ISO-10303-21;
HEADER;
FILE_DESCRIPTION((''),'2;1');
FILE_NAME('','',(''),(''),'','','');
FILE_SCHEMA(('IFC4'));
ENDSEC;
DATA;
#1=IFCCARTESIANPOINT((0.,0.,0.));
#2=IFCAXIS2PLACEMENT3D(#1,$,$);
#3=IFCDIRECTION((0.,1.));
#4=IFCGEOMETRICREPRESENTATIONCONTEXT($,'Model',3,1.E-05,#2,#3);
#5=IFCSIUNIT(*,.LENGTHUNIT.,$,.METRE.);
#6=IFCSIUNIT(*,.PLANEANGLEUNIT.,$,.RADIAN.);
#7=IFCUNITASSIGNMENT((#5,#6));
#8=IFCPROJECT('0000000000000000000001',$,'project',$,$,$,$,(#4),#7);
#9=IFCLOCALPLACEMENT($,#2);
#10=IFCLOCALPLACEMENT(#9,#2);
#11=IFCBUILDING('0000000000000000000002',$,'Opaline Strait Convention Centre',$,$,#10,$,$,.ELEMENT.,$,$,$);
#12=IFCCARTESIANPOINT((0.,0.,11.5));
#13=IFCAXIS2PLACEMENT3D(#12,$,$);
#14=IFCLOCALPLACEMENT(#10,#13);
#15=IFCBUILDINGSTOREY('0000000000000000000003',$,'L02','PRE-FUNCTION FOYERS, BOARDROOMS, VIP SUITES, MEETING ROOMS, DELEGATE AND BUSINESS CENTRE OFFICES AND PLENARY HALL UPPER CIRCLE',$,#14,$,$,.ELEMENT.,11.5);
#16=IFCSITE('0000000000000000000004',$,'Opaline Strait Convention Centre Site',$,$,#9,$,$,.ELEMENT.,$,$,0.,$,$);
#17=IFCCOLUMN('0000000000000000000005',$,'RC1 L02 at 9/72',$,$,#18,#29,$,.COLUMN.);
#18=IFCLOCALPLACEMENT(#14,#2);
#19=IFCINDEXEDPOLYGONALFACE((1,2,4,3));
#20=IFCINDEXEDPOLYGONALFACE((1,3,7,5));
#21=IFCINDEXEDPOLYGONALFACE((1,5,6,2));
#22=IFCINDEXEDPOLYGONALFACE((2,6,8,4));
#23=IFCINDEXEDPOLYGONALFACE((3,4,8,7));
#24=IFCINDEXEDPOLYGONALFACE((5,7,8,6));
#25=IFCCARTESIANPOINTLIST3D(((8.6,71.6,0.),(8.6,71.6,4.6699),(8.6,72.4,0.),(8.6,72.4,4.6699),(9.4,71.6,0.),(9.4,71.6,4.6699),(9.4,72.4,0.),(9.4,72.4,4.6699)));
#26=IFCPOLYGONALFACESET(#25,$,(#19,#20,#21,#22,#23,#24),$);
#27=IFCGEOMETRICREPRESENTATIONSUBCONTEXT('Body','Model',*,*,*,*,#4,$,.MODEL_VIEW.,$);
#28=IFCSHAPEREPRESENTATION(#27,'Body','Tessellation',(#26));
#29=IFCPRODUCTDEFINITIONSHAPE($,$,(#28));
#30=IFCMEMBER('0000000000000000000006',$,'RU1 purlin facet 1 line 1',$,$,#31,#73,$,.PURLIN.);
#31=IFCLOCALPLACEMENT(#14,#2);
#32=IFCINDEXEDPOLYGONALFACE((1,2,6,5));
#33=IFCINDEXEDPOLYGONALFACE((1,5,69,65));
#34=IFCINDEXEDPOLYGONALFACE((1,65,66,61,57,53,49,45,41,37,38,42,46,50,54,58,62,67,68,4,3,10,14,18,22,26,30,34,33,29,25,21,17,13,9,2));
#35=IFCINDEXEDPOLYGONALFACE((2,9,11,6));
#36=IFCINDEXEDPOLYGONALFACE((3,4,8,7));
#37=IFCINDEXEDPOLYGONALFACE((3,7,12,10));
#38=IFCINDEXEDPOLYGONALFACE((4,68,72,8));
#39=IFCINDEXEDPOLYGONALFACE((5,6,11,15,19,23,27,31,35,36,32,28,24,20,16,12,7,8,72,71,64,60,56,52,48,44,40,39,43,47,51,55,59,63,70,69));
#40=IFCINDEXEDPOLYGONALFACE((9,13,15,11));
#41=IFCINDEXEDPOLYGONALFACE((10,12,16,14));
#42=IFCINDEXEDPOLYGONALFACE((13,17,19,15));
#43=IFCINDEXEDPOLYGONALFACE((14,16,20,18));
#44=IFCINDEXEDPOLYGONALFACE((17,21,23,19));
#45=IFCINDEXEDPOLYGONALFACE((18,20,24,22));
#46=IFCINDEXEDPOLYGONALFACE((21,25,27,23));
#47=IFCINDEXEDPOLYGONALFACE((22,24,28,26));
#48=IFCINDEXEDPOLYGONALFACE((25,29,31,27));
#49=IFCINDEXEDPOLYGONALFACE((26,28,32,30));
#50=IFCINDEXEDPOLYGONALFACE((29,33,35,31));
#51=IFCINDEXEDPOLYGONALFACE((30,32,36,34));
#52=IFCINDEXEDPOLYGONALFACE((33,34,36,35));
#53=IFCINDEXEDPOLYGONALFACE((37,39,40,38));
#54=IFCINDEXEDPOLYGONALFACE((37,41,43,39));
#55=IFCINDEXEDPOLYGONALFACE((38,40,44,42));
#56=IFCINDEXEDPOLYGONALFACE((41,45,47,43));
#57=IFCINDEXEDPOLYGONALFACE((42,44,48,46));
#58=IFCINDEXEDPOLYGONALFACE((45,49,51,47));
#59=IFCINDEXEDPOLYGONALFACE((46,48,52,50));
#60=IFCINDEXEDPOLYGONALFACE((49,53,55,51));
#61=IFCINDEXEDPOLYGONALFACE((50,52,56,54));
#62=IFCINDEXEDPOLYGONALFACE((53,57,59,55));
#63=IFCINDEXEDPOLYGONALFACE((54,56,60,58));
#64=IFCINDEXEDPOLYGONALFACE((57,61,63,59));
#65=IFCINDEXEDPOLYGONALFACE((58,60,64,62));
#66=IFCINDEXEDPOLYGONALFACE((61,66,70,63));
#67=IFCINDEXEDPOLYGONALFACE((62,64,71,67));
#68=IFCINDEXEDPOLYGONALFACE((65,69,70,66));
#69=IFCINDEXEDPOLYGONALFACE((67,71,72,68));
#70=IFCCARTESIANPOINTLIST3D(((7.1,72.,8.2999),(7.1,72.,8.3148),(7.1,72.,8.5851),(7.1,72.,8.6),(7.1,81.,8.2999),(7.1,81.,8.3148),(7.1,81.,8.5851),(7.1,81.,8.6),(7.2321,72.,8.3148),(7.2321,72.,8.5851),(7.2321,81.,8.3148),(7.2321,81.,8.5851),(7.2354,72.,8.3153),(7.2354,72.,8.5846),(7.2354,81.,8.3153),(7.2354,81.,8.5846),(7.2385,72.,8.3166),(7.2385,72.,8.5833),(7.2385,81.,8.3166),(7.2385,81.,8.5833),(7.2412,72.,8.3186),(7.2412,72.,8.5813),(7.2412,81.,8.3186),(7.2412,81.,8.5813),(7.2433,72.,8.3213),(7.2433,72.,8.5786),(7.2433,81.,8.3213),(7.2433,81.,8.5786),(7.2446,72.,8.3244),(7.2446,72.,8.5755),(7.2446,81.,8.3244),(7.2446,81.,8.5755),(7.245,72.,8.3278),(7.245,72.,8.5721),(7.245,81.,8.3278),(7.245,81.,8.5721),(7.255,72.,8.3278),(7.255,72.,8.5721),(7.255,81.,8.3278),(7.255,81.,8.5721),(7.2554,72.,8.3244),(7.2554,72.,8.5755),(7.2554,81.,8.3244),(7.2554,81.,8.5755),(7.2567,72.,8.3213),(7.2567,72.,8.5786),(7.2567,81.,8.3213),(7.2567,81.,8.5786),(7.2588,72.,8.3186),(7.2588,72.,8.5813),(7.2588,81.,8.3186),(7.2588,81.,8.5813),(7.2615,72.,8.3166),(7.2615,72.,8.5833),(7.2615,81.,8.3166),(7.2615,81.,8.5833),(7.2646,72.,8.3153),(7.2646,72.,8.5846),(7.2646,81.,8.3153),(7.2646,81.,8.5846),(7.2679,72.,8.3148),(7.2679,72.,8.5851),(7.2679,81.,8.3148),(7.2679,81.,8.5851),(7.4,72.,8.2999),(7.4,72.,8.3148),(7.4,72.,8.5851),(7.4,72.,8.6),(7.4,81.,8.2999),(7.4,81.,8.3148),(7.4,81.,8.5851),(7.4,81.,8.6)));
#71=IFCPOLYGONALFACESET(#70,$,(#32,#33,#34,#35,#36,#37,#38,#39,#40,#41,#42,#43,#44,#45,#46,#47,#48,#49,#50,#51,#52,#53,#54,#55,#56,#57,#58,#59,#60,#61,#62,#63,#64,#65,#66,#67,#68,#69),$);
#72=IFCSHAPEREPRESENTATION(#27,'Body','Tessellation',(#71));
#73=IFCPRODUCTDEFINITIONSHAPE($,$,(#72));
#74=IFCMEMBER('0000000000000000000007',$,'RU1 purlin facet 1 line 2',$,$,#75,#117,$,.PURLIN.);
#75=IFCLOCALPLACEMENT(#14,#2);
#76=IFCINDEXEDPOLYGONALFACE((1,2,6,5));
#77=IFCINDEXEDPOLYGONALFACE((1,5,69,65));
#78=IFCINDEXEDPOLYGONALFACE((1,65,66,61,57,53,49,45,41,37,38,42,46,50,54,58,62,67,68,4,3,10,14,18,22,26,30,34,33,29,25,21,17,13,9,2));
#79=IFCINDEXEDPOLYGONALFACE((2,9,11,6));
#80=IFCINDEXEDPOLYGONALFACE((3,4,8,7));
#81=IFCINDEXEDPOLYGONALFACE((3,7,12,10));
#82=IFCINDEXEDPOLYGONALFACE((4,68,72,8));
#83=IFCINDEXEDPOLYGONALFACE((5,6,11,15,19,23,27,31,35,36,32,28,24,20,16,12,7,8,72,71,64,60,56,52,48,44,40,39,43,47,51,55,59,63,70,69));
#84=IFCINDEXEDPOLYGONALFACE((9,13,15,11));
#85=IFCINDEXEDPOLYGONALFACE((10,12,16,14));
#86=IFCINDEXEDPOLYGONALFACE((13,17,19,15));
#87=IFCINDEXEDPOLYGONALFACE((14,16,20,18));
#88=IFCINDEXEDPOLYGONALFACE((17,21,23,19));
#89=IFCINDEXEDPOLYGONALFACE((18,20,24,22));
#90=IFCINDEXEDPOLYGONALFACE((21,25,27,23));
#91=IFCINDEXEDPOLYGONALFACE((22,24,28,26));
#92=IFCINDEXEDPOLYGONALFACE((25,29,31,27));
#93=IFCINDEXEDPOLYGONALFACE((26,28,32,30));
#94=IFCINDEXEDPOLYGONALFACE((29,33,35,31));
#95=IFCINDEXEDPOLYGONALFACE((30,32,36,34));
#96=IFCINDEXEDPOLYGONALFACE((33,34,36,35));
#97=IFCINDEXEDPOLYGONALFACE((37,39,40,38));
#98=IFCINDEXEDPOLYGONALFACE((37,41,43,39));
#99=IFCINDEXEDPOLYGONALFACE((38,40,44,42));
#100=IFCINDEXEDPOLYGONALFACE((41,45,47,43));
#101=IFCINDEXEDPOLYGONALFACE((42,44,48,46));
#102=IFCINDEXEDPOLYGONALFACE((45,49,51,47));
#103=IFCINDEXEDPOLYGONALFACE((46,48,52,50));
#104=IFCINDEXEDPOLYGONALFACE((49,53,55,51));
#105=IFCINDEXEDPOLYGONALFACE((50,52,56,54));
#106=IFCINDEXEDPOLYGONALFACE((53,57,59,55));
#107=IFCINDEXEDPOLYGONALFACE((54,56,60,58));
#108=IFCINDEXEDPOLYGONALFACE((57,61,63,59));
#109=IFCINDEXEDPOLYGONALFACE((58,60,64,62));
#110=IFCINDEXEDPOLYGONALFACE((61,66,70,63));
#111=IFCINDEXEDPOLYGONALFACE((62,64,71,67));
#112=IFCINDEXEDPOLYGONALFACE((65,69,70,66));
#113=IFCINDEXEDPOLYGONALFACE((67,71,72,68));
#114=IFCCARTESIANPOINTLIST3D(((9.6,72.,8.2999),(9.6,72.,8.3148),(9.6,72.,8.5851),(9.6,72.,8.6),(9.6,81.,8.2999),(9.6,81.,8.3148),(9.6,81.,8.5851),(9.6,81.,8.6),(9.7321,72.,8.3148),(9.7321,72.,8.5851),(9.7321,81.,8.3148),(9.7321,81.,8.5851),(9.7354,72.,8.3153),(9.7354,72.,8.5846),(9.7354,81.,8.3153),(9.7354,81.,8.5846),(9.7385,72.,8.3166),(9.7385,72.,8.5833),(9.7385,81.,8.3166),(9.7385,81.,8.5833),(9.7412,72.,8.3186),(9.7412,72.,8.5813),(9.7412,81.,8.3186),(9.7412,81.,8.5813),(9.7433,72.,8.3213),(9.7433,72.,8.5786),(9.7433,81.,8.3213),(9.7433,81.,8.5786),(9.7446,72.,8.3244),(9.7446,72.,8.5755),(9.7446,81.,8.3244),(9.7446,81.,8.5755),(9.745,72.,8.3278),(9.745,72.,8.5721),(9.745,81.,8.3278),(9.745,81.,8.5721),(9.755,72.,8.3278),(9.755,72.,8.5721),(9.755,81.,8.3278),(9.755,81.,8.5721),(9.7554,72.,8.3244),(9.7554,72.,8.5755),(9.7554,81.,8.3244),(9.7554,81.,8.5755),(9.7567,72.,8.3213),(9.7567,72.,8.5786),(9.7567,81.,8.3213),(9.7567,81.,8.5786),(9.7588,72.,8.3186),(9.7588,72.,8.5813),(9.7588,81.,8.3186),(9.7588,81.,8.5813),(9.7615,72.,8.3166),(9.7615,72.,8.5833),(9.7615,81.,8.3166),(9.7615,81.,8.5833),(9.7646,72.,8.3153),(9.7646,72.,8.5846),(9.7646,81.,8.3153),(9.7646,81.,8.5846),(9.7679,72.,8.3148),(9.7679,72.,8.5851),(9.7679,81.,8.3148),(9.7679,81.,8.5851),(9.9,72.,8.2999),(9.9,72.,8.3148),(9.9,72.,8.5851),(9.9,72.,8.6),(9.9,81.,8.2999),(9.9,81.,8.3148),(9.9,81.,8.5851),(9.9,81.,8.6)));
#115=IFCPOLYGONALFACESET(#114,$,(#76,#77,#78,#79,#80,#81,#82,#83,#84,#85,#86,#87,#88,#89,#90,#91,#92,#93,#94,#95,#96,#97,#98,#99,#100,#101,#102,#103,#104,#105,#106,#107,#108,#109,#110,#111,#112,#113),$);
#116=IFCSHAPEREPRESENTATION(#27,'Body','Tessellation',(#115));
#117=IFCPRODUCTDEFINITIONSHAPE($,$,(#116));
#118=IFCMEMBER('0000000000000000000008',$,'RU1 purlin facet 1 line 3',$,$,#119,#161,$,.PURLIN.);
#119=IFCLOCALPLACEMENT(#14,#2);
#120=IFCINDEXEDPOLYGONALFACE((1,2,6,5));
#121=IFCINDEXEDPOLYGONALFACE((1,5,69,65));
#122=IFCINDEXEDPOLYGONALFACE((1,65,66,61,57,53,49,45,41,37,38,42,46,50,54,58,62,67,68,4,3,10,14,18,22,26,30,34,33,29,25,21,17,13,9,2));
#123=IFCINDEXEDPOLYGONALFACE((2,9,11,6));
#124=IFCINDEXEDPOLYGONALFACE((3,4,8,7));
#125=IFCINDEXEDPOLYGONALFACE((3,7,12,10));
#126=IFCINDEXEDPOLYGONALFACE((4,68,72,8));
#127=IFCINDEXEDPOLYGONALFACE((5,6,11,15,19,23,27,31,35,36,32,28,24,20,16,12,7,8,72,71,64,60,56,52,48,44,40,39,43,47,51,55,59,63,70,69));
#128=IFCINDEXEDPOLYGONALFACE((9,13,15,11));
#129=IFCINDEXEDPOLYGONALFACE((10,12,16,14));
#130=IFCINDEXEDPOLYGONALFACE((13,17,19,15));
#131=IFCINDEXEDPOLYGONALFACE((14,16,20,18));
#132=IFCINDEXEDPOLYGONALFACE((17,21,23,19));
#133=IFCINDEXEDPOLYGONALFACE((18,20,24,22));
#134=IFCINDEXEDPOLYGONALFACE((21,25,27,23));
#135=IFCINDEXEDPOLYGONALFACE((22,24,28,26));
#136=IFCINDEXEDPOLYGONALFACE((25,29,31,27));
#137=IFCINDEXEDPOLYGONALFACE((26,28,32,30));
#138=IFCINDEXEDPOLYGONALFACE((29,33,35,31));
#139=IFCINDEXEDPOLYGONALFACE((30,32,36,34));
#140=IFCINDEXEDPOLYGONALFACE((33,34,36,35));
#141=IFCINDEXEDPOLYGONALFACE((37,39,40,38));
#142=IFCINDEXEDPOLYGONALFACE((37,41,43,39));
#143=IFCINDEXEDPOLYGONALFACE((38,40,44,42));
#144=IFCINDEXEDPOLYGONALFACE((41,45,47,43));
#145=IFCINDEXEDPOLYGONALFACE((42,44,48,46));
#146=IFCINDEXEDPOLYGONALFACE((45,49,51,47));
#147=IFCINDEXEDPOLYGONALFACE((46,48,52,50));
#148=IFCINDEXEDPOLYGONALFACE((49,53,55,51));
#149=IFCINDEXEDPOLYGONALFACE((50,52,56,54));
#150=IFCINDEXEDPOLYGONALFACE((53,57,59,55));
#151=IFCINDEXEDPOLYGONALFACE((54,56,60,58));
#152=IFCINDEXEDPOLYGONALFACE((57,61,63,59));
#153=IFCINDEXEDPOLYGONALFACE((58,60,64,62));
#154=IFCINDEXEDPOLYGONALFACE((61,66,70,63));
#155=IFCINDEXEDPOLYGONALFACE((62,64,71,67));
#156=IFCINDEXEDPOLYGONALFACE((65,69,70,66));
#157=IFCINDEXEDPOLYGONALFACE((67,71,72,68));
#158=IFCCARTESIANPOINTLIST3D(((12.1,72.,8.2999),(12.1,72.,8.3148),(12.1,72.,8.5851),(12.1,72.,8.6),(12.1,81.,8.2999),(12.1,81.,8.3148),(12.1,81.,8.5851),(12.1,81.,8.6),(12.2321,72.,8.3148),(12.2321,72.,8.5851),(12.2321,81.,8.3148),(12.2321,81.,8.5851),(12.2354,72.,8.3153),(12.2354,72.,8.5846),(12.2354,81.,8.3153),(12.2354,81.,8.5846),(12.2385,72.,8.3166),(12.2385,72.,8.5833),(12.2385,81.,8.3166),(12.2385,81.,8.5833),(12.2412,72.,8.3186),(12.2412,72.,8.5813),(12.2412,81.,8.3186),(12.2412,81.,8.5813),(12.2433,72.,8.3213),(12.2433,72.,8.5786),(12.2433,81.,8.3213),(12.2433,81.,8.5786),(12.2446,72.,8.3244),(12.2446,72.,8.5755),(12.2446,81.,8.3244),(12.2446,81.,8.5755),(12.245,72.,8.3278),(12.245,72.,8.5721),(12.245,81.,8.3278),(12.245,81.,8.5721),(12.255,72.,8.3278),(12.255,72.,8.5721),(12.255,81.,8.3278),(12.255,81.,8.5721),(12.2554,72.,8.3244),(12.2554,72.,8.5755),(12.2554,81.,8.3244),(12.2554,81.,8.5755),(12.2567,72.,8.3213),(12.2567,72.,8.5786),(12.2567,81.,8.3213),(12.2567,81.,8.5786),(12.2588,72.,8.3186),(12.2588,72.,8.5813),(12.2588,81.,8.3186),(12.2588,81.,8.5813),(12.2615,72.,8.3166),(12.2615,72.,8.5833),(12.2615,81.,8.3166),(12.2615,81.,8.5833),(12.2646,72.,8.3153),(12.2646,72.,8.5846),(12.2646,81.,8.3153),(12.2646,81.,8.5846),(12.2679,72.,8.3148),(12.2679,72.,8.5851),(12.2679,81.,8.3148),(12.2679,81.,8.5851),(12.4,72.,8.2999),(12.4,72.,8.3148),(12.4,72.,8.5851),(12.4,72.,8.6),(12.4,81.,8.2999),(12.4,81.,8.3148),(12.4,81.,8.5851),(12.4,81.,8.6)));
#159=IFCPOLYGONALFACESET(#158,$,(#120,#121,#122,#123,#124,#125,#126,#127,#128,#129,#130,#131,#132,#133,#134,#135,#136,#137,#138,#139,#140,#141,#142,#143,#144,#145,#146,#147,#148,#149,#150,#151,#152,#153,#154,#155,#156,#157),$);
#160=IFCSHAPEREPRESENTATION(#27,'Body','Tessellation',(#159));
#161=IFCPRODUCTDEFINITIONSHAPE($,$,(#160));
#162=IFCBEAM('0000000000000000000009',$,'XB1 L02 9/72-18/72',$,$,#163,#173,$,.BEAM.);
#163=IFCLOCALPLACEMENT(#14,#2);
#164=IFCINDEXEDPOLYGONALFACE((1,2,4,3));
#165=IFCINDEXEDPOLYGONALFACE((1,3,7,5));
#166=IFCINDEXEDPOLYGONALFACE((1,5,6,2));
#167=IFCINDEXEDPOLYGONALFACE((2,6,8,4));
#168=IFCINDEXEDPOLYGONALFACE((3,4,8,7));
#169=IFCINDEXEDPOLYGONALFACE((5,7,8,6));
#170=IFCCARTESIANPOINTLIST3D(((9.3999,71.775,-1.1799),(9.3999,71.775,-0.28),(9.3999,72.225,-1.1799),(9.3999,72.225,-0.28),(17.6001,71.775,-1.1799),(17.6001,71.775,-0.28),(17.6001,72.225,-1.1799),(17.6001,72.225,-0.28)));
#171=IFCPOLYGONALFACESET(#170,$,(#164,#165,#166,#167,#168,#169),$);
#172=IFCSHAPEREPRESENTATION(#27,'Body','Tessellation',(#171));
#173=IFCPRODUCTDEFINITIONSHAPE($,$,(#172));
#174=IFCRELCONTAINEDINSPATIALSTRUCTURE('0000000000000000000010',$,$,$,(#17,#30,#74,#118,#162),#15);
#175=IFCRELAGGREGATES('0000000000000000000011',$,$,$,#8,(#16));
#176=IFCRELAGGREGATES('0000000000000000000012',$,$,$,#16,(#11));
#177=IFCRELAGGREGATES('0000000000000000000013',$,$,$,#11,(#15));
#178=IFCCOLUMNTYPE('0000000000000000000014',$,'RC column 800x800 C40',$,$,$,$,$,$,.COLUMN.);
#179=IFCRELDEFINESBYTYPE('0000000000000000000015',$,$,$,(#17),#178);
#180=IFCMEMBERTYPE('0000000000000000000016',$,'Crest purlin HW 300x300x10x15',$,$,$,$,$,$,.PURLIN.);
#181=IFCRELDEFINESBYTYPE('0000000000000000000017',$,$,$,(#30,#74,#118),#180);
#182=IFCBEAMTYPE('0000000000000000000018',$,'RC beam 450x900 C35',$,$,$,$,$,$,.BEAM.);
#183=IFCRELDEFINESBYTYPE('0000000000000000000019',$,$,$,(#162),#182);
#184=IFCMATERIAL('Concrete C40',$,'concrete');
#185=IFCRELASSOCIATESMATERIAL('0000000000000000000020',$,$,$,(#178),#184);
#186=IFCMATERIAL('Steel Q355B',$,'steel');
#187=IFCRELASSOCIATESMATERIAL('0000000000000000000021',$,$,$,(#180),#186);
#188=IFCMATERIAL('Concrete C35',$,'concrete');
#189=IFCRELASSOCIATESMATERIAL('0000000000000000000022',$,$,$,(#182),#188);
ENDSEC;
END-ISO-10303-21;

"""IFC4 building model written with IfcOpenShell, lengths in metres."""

from ifc_helpers import new_model, si_unit, direction, frame, origin, origin_2d, place, context, subcontext, project, spatial, rectangle, i_section, extrude, material, material_profile, profile_set, type_object, element, save


model = new_model("IFC4")

# Units and contexts
model_context = context("Model", 3, precision=1e-05, world=origin(), true_north=direction((0.0, 1.0)))
body_context = subcontext(model_context, "Body", "Model", "MODEL_VIEW")
ifc_project = project(units=[si_unit("LENGTHUNIT", "METRE"), si_unit("PLANEANGLEUNIT", "RADIAN")], contexts=[model_context])

# Site, building, storey
site_placement = place(None, origin())
site = spatial("IfcSite", under=ifc_project, at=site_placement, Name="Opaline Strait Convention Centre Site", CompositionType="ELEMENT", RefElevation=0.0)
building_placement = place(site_placement, origin())
building = spatial("IfcBuilding", under=site, at=building_placement, Name="Opaline Strait Convention Centre", CompositionType="ELEMENT")
storey_placement = place(building_placement, frame((0.0, 0.0, 11.5)))
storey = spatial("IfcBuildingStorey", under=building, at=storey_placement, Name="L02", Description="PRE-FUNCTION FOYERS, BOARDROOMS, VIP SUITES, MEETING ROOMS, DELEGATE AND BUSINESS CENTRE OFFICES AND PLENARY HALL UPPER CIRCLE", CompositionType="ELEMENT", Elevation=11.5)

# Column
ifc_material_1 = material(Name="Concrete C40", Category="concrete")
ifc_material_profile_1 = material_profile(ifc_material_1, rectangle(XDim=0.8, YDim=0.8, at=origin_2d()), Name="RC 800x800")
ifc_profile_set_1 = profile_set([ifc_material_profile_1], Name="Concrete C40")
column_type = type_object("IfcColumnType", Name="RC column 800x800 C40", PredefinedType="COLUMN", material=ifc_profile_set_1)
column_placement = place(storey_placement, frame((9.0, 72.0, 0.0), z_axis=(0.0, 0.0, 1.0), x_axis=(1.0, 0.0, 0.0)))
element("IfcColumn", 1, at=column_placement, inside=storey, type_object=column_type, Name="RC1 L02 at 9/72", PredefinedType="COLUMN", context=body_context, shape_type="SweptSolid", body=[
    extrude(rectangle(XDim=0.8, YDim=0.8, at=origin_2d()), origin(), (0.0, 0.0, 1.0), 4.6699),
])

# Members
ifc_material_2 = material(Name="Steel Q355B", Category="steel")
ifc_material_profile_2 = material_profile(ifc_material_2, i_section(OverallWidth=0.3, OverallDepth=0.3, WebThickness=0.01, FlangeThickness=0.0149, FilletRadius=0.0129, at=origin_2d()), Name="HW 300x300x10x15")
ifc_profile_set_2 = profile_set([ifc_material_profile_2], Name="Steel Q355B")
member_type_1 = type_object("IfcMemberType", Name="Crest purlin HW 300x300x10x15", PredefinedType="PURLIN", material=ifc_profile_set_2)
for number, where, z_axis, x_axis, name in (
    (2, (7.25, 72.0, 8.45), (0.0, 1.0, 0.0), (-1.0, 0.0, 0.0), "RU1 purlin facet 1 line 1"),
    (3, (9.75, 72.0, 8.45), (0.0, 1.0, 0.0), (-1.0, 0.0, 0.0), "RU1 purlin facet 1 line 2"),
    (4, (12.25, 72.0, 8.45), (0.0, 1.0, 0.0), (-1.0, 0.0, 0.0), "RU1 purlin facet 1 line 3"),
):
    element("IfcMember", number, at=place(storey_placement, frame(where, z_axis=z_axis, x_axis=x_axis)), inside=storey, type_object=member_type_1, Name=name, PredefinedType="PURLIN", context=body_context, shape_type="SweptSolid", body=[
        extrude(i_section(OverallWidth=0.3, OverallDepth=0.3, WebThickness=0.01, FlangeThickness=0.0149, FilletRadius=0.0129, at=origin_2d()), origin(), (0.0, 0.0, 1.0), 9.0),
    ])

# Beam
ifc_material_3 = material(Name="Concrete C35", Category="concrete")
ifc_material_profile_3 = material_profile(ifc_material_3, rectangle(XDim=0.45, YDim=0.8999, at=origin_2d()), Name="RC 450x900")
ifc_profile_set_3 = profile_set([ifc_material_profile_3], Name="Concrete C35")
beam_type = type_object("IfcBeamType", Name="RC beam 450x900 C35", PredefinedType="BEAM", material=ifc_profile_set_3)
beam_placement = place(storey_placement, frame((9.3999, 72.0, -0.73), z_axis=(1.0, 0.0, 0.0), x_axis=(0.0, 1.0, 0.0)))
element("IfcBeam", 5, at=beam_placement, inside=storey, type_object=beam_type, Name="XB1 L02 9/72-18/72", PredefinedType="BEAM", context=body_context, shape_type="SweptSolid", body=[
    extrude(rectangle(XDim=0.45, YDim=0.8999, at=origin_2d()), origin(), (0.0, 0.0, 1.0), 8.2002),
])

save(model, "model.ifc")
